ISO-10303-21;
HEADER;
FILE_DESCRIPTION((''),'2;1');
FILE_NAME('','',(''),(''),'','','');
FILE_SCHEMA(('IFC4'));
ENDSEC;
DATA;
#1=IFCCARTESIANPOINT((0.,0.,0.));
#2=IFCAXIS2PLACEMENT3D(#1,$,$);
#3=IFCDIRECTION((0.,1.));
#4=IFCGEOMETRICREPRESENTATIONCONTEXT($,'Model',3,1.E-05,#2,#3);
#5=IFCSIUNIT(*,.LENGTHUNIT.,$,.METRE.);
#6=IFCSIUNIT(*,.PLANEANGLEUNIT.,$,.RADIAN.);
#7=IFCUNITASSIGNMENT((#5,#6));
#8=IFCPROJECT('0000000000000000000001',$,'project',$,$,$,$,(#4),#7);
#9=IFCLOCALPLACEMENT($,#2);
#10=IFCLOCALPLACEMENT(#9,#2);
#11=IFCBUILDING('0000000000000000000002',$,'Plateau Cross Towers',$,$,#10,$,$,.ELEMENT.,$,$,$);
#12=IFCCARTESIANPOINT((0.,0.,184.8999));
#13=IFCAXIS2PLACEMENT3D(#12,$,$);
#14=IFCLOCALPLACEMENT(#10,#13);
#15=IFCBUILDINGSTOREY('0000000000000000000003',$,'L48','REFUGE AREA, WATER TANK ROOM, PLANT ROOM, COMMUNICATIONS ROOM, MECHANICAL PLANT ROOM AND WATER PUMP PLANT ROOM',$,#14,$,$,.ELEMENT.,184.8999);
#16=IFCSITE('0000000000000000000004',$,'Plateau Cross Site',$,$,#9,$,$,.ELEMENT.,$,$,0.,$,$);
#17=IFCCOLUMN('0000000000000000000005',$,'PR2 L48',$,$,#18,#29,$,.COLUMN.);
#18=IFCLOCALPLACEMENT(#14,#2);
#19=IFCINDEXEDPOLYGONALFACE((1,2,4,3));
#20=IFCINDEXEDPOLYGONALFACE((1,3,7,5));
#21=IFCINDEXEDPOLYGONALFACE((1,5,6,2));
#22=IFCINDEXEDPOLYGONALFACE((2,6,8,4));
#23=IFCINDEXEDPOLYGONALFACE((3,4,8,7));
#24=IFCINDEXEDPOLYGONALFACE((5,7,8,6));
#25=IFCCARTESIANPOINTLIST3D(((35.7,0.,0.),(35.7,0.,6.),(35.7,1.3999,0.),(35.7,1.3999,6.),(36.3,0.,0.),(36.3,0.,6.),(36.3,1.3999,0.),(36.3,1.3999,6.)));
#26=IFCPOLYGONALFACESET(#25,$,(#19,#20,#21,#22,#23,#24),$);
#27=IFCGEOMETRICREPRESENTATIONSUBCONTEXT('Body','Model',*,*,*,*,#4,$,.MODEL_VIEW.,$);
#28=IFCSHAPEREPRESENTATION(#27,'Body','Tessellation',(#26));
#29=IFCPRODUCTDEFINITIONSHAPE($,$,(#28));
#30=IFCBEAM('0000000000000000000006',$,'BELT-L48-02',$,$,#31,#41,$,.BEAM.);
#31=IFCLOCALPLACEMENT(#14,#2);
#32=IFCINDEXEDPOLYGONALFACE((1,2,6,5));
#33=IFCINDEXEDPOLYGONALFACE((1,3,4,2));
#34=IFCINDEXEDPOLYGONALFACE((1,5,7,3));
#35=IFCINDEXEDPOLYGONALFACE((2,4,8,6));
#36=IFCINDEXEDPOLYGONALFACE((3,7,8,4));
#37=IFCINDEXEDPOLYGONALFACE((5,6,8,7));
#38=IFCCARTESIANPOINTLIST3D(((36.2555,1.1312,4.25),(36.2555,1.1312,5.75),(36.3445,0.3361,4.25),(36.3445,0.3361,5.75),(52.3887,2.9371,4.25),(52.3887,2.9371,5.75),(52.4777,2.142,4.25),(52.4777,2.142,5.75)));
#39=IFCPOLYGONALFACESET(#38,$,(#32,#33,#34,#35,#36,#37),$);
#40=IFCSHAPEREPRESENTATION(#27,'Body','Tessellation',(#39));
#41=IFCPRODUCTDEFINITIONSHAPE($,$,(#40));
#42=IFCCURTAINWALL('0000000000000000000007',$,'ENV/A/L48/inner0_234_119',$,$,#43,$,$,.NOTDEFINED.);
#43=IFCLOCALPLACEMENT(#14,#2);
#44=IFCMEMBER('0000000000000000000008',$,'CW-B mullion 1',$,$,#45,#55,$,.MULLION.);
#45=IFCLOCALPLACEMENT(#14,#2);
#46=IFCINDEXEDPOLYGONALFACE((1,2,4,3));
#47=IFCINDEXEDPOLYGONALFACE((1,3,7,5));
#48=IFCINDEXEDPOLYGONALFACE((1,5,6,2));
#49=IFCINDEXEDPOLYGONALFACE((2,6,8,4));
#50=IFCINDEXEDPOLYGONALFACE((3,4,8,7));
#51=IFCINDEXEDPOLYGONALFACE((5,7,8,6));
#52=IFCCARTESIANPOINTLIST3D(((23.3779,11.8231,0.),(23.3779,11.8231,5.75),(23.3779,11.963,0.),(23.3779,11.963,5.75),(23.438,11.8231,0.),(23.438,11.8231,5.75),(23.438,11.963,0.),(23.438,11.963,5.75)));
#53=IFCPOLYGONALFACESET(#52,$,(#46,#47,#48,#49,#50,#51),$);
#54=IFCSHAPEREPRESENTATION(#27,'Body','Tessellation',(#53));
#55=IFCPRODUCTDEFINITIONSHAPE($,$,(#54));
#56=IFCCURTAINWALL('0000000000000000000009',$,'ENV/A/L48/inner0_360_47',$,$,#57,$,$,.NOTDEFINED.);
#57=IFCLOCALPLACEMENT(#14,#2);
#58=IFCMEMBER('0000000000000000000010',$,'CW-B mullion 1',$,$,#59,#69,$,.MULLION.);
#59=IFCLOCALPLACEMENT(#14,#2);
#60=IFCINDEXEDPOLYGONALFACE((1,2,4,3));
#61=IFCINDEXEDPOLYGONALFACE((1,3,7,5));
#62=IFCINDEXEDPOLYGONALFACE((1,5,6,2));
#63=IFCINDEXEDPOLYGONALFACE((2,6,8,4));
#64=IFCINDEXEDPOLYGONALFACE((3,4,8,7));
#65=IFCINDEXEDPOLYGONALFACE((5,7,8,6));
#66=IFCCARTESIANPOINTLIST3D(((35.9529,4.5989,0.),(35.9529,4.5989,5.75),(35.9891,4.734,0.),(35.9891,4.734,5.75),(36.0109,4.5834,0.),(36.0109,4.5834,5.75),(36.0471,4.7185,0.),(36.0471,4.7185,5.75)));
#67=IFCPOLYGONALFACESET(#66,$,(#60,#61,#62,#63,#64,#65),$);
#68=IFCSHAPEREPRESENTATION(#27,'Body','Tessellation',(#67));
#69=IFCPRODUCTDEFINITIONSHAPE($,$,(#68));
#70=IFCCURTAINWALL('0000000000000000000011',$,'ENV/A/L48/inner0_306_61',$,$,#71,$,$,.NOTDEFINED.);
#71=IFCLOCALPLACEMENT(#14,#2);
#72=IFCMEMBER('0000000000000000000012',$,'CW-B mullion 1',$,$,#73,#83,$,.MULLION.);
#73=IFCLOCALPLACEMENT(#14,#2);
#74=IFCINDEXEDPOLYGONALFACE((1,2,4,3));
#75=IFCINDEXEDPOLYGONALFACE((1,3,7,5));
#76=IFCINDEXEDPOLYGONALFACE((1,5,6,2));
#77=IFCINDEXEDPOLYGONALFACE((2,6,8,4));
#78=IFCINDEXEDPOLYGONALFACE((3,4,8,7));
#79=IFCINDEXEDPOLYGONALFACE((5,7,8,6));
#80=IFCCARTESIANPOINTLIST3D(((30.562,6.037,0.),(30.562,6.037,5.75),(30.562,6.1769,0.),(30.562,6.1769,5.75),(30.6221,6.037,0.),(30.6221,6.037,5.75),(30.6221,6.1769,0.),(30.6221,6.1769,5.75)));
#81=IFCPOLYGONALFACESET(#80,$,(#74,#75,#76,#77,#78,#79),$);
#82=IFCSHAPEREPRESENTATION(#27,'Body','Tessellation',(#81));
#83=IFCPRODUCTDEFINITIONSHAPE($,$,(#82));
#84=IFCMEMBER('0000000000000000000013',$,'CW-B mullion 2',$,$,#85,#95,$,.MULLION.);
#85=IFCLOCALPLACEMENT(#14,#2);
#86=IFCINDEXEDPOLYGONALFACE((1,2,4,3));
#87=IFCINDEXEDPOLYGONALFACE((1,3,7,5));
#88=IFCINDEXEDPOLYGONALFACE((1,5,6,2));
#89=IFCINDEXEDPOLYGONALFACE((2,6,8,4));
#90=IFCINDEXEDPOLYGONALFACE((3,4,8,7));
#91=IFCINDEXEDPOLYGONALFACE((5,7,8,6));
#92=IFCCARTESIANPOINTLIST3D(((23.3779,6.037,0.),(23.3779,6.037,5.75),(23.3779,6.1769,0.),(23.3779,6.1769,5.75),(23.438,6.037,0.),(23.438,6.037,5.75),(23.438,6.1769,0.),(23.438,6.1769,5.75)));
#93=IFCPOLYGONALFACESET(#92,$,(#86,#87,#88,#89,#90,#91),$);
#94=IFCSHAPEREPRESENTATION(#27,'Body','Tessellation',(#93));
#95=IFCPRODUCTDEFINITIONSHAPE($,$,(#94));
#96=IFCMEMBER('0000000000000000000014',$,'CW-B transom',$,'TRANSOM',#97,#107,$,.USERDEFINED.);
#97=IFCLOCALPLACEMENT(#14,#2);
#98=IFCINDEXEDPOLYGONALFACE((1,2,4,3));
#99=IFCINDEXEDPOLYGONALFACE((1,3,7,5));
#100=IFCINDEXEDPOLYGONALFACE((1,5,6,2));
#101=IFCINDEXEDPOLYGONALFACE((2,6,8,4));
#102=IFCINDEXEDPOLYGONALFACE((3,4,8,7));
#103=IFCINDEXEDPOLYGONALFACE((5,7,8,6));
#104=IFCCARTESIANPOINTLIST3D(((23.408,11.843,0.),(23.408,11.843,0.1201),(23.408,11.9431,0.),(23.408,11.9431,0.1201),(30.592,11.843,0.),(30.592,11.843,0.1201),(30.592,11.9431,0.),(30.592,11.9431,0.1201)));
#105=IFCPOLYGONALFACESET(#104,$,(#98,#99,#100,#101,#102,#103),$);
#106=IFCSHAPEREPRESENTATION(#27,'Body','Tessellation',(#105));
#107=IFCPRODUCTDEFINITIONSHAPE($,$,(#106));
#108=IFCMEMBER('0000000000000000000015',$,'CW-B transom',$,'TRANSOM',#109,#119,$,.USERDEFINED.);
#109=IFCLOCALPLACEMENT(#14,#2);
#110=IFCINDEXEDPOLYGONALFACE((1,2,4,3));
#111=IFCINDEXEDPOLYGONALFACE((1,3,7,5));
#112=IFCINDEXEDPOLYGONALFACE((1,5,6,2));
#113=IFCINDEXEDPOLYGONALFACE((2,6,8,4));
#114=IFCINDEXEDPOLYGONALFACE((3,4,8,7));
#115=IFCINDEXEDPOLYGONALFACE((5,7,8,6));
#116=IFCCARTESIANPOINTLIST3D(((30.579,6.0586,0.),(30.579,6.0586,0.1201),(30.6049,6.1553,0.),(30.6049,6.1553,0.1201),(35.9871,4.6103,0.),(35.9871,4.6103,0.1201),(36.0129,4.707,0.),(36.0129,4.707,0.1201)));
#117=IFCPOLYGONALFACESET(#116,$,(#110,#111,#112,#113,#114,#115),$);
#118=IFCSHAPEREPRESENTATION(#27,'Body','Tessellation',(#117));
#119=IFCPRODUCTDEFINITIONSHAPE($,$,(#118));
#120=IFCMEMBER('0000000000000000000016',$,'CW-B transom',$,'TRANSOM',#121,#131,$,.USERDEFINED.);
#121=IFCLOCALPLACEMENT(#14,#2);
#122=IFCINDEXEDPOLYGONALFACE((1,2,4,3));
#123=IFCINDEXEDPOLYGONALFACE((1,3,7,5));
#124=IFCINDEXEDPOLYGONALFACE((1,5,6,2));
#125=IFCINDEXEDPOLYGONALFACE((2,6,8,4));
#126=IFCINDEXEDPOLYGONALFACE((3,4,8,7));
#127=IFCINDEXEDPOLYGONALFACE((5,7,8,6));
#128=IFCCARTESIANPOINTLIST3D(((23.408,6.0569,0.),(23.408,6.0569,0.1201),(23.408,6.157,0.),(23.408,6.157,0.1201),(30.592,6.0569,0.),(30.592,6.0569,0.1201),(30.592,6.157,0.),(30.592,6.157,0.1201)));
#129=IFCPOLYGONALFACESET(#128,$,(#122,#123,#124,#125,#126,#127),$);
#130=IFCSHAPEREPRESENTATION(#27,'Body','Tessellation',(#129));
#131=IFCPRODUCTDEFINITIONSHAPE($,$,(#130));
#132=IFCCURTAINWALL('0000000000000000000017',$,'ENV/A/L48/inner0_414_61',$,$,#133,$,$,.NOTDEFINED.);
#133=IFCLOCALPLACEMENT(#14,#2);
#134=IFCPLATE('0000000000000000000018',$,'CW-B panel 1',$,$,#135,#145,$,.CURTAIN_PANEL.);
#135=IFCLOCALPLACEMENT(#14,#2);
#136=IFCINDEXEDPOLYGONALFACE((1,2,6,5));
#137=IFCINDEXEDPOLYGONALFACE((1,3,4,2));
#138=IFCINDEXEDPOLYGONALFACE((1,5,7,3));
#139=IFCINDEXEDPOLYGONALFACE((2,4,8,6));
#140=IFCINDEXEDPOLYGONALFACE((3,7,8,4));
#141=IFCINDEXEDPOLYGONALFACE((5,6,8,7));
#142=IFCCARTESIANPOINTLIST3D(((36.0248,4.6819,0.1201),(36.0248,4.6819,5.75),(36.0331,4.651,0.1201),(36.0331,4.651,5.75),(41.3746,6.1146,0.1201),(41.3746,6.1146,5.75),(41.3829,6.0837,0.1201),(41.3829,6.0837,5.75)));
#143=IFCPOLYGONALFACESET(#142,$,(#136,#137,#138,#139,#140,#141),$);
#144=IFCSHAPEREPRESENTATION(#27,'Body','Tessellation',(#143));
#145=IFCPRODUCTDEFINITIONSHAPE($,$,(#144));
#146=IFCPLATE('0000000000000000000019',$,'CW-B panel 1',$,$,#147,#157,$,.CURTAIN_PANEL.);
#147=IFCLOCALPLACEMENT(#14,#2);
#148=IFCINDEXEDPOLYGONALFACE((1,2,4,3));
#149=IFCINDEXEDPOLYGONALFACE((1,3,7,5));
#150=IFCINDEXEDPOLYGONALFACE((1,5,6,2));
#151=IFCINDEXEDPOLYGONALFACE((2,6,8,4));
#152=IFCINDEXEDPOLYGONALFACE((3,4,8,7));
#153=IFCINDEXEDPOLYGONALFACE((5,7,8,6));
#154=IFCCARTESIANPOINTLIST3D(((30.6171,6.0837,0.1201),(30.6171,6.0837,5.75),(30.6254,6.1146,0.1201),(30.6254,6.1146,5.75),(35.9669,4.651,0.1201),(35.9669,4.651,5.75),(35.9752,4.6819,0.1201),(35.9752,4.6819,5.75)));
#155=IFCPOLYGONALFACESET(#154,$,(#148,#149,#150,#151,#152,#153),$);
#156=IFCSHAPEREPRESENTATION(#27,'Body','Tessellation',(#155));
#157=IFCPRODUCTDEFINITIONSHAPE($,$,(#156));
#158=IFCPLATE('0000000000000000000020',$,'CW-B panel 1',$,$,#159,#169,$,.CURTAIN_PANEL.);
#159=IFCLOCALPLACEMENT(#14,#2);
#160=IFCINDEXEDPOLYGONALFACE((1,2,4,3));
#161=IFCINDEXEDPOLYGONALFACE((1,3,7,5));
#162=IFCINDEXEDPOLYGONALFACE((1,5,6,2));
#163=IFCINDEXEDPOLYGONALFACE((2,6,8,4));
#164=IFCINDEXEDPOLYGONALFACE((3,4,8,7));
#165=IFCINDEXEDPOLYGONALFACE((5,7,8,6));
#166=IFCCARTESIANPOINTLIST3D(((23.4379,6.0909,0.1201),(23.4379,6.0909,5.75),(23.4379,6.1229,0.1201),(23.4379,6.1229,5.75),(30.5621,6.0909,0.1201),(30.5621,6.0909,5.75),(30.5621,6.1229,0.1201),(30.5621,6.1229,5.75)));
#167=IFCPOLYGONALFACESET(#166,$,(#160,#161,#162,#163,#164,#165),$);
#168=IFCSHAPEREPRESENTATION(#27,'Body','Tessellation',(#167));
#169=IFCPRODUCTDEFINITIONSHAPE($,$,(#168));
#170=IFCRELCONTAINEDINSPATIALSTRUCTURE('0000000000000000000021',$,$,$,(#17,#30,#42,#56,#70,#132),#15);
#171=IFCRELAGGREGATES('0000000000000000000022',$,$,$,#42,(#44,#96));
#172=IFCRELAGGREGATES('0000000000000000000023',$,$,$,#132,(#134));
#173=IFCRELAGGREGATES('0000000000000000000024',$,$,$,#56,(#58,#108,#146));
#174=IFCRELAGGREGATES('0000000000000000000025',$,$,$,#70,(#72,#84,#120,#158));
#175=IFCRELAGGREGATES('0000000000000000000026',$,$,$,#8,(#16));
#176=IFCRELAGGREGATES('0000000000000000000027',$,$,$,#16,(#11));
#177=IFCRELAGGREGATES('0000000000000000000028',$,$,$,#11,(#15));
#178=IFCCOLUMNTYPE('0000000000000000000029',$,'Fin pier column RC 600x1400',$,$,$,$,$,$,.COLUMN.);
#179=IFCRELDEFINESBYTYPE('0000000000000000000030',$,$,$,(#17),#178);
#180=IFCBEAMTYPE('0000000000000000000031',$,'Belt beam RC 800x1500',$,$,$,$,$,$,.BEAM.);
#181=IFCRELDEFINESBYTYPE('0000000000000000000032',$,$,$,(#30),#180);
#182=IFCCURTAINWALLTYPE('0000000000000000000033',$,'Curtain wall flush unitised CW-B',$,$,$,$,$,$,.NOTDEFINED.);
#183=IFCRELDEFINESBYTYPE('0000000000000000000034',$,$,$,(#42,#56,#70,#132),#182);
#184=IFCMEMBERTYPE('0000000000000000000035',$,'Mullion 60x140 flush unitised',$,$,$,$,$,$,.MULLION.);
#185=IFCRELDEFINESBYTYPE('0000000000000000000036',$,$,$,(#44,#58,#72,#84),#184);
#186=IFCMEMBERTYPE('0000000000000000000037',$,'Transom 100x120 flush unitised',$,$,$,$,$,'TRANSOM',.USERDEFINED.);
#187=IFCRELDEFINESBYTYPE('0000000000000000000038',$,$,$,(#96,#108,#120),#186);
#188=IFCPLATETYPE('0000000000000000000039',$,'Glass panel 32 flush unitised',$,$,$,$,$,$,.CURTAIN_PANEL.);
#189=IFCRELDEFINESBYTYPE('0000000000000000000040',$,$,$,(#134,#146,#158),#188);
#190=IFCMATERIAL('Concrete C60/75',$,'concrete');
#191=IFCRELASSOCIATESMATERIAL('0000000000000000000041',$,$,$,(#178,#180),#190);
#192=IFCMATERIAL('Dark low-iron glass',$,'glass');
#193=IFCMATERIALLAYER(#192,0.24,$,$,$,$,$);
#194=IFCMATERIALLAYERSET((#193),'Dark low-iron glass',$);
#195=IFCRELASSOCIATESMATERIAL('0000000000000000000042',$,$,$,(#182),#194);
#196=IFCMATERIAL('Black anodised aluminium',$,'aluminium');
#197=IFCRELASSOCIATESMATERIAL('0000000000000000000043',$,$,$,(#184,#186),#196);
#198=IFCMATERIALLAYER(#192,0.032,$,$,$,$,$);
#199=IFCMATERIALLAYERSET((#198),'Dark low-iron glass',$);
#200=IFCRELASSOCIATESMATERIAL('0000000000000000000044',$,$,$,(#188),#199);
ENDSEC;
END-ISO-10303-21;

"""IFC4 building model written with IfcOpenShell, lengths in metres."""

from ifc_helpers import new_model, si_unit, direction, frame, origin, origin_2d, place, context, subcontext, project, spatial, rectangle, extrude, material, layer, layer_set, material_profile, profile_set, type_object, element, aggregate, save


model = new_model("IFC4")

# Units and contexts
model_context = context("Model", 3, precision=1e-05, world=origin(), true_north=direction((0.0, 1.0)))
body_context = subcontext(model_context, "Body", "Model", "MODEL_VIEW")
ifc_project = project(units=[si_unit("LENGTHUNIT", "METRE"), si_unit("PLANEANGLEUNIT", "RADIAN")], contexts=[model_context])

# Site, building, storey
site_placement = place(None, origin())
site = spatial("IfcSite", under=ifc_project, at=site_placement, Name="Plateau Cross Site", CompositionType="ELEMENT", RefElevation=0.0)
building_placement = place(site_placement, origin())
building = spatial("IfcBuilding", under=site, at=building_placement, Name="Plateau Cross Towers", CompositionType="ELEMENT")
storey_placement = place(building_placement, frame((0.0, 0.0, 184.8999)))
storey = spatial("IfcBuildingStorey", under=building, at=storey_placement, Name="L48", Description="REFUGE AREA, WATER TANK ROOM, PLANT ROOM, COMMUNICATIONS ROOM, MECHANICAL PLANT ROOM AND WATER PUMP PLANT ROOM", CompositionType="ELEMENT", Elevation=184.8999)

# Column
ifc_material_1 = material(Name="Concrete C60/75", Category="concrete")
ifc_material_profile_1 = material_profile(ifc_material_1, rectangle(XDim=0.6001, YDim=1.3999, at=origin_2d()), Name="RC 600x1400")
ifc_profile_set_1 = profile_set([ifc_material_profile_1], Name="Concrete C60/75")
column_type = type_object("IfcColumnType", Name="Fin pier column RC 600x1400", PredefinedType="COLUMN", material=ifc_profile_set_1)
column_placement = place(storey_placement, frame((36.0, 0.7, 0.0), z_axis=(0.0, 0.0, 1.0), x_axis=(1.0, 0.0, 0.0)))
element("IfcColumn", 1, at=column_placement, inside=storey, type_object=column_type, Name="PR2 L48", PredefinedType="COLUMN", context=body_context, shape_type="SweptSolid", body=[
    extrude(rectangle(XDim=0.6001, YDim=1.3999, at=origin_2d()), origin(), (0.0, 0.0, 1.0), 6.0),
])

# Beam
ifc_material_profile_2 = material_profile(ifc_material_1, rectangle(XDim=0.8, YDim=1.5, at=origin_2d()), Name="RC 800x1500")
ifc_profile_set_2 = profile_set([ifc_material_profile_2], Name="Concrete C60/75")
beam_type = type_object("IfcBeamType", Name="Belt beam RC 800x1500", PredefinedType="BEAM", material=ifc_profile_set_2)
beam_placement = place(storey_placement, frame((36.3, 0.7336, 5.0), z_axis=(0.993793, 0.111244, 0.0), x_axis=(-0.111244, 0.993793, 0.0)))
element("IfcBeam", 2, at=beam_placement, inside=storey, type_object=beam_type, Name="BELT-L48-02", PredefinedType="BEAM", context=body_context, shape_type="SweptSolid", body=[
    extrude(rectangle(XDim=0.8, YDim=1.5, at=origin_2d()), origin(), (0.0, 0.0, 1.0), 16.2339),
])

# Curtain walls, members
ifc_material_2 = material(Name="Dark low-iron glass", Category="glass")
ifc_layer_1 = layer(ifc_material_2, 0.24)
ifc_layer_set_1 = layer_set([ifc_layer_1], Name="Dark low-iron glass")
curtain_wall_type = type_object("IfcCurtainWallType", Name="Curtain wall flush unitised CW-B", PredefinedType="NOTDEFINED", material=ifc_layer_set_1)
curtain_wall_1_placement = place(storey_placement, origin())
curtain_wall_1 = element("IfcCurtainWall", 3, at=curtain_wall_1_placement, inside=storey, type_object=curtain_wall_type, Name="ENV/A/L48/inner0_234_119", PredefinedType="NOTDEFINED")
ifc_material_3 = material(Name="Black anodised aluminium", Category="aluminium")
ifc_material_profile_3 = material_profile(ifc_material_3, rectangle(XDim=0.0601, YDim=0.1399, at=origin_2d()), Name="MULLION 60x140")
ifc_profile_set_3 = profile_set([ifc_material_profile_3], Name="Black anodised aluminium")
member_type_1 = type_object("IfcMemberType", Name="Mullion 60x140 flush unitised", PredefinedType="MULLION", material=ifc_profile_set_3)
member_1_placement = place(storey_placement, frame((23.408, 11.8931, 0.0), z_axis=(0.0, 0.0, 1.0), x_axis=(1.0, 0.0, 0.0)))
member_1 = element("IfcMember", 4, at=member_1_placement, type_object=member_type_1, Name="CW-B mullion 1", PredefinedType="MULLION", context=body_context, shape_type="SweptSolid", body=[
    extrude(rectangle(XDim=0.0601, YDim=0.1399, at=origin_2d()), origin(), (0.0, 0.0, 1.0), 5.75),
])
curtain_wall_2_placement = place(storey_placement, origin())
curtain_wall_2 = element("IfcCurtainWall", 5, at=curtain_wall_2_placement, inside=storey, type_object=curtain_wall_type, Name="ENV/A/L48/inner0_360_47", PredefinedType="NOTDEFINED")
member_2_placement = place(storey_placement, frame((36.0, 4.6587, 0.0), z_axis=(0.0, 0.0, 1.0), x_axis=(-0.965958, 0.258699, 0.0)))
member_2 = element("IfcMember", 6, at=member_2_placement, type_object=member_type_1, Name="CW-B mullion 1", PredefinedType="MULLION", context=body_context, shape_type="SweptSolid", body=[
    extrude(rectangle(XDim=0.0601, YDim=0.1399, at=origin_2d()), origin(), (0.0, 0.0, 1.0), 5.75),
])

# Curtain wall, members
curtain_wall_3_placement = place(storey_placement, origin())
curtain_wall_3 = element("IfcCurtainWall", 7, at=curtain_wall_3_placement, inside=storey, type_object=curtain_wall_type, Name="ENV/A/L48/inner0_306_61", PredefinedType="NOTDEFINED")
member_3_placement = place(storey_placement, frame((30.592, 6.1069, 0.0), z_axis=(0.0, 0.0, 1.0), x_axis=(-1.0, 0.0, 0.0)))
member_3 = element("IfcMember", 8, at=member_3_placement, type_object=member_type_1, Name="CW-B mullion 1", PredefinedType="MULLION", context=body_context, shape_type="SweptSolid", body=[
    extrude(rectangle(XDim=0.0601, YDim=0.1399, at=origin_2d()), origin(), (0.0, 0.0, 1.0), 5.75),
])
member_4_placement = place(storey_placement, frame((23.408, 6.1069, 0.0), z_axis=(0.0, 0.0, 1.0), x_axis=(-1.0, 0.0, 0.0)))
member_4 = element("IfcMember", 9, at=member_4_placement, type_object=member_type_1, Name="CW-B mullion 2", PredefinedType="MULLION", context=body_context, shape_type="SweptSolid", body=[
    extrude(rectangle(XDim=0.0601, YDim=0.1399, at=origin_2d()), origin(), (0.0, 0.0, 1.0), 5.75),
])

# Members
ifc_material_profile_4 = material_profile(ifc_material_3, rectangle(XDim=0.1001, YDim=0.1201, at=origin_2d()), Name="TRANSOM 100x120")
ifc_profile_set_4 = profile_set([ifc_material_profile_4], Name="Black anodised aluminium")
member_type_2 = type_object("IfcMemberType", Name="Transom 100x120 flush unitised", ElementType="TRANSOM", PredefinedType="USERDEFINED", material=ifc_profile_set_4)
member_5_placement = place(storey_placement, frame((23.408, 11.8931, 0.0601), z_axis=(1.0, 0.0, 0.0), x_axis=(0.0, 1.0, 0.0)))
member_5 = element("IfcMember", 10, at=member_5_placement, type_object=member_type_2, Name="CW-B transom", ObjectType="TRANSOM", PredefinedType="USERDEFINED", context=body_context, shape_type="SweptSolid", body=[
    extrude(rectangle(XDim=0.1001, YDim=0.1201, at=origin_2d()), origin(), (0.0, 0.0, 1.0), 7.1841),
])
aggregate(curtain_wall_1, [member_1, member_5])
member_6_placement = place(storey_placement, frame((36.0, 4.6587, 0.0601), z_axis=(-0.965962, 0.258683, 0.0), x_axis=(-0.258683, -0.965962, 0.0)))
member_6 = element("IfcMember", 11, at=member_6_placement, type_object=member_type_2, Name="CW-B transom", ObjectType="TRANSOM", PredefinedType="USERDEFINED", context=body_context, shape_type="SweptSolid", body=[
    extrude(rectangle(XDim=0.1001, YDim=0.1201, at=origin_2d()), origin(), (0.0, 0.0, 1.0), 5.5986),
])
member_7_placement = place(storey_placement, frame((30.592, 6.1069, 0.0601), z_axis=(-1.0, 0.0, 0.0), x_axis=(0.0, -1.0, 0.0)))
member_7 = element("IfcMember", 12, at=member_7_placement, type_object=member_type_2, Name="CW-B transom", ObjectType="TRANSOM", PredefinedType="USERDEFINED", context=body_context, shape_type="SweptSolid", body=[
    extrude(rectangle(XDim=0.1001, YDim=0.1201, at=origin_2d()), origin(), (0.0, 0.0, 1.0), 7.1841),
])

# Curtain wall, plate
curtain_wall_4_placement = place(storey_placement, origin())
curtain_wall_4 = element("IfcCurtainWall", 13, at=curtain_wall_4_placement, inside=storey, type_object=curtain_wall_type, Name="ENV/A/L48/inner0_414_61", PredefinedType="NOTDEFINED")
ifc_layer_2 = layer(ifc_material_2, 0.032)
ifc_layer_set_2 = layer_set([ifc_layer_2], Name="Dark low-iron glass")
plate_type = type_object("IfcPlateType", Name="Glass panel 32 flush unitised", PredefinedType="CURTAIN_PANEL", material=ifc_layer_set_2)
plate_1_placement = place(storey_placement, frame((38.7039, 5.3828, 0.1201), z_axis=(0.0, 0.0, 1.0), x_axis=(-0.965958, -0.258699, 0.0)))
plate_1 = element("IfcPlate", 14, at=plate_1_placement, type_object=plate_type, Name="CW-B panel 1", PredefinedType="CURTAIN_PANEL", context=body_context, shape_type="SweptSolid", body=[
    extrude(rectangle(XDim=5.5383, YDim=0.032, at=origin_2d()), origin(), (0.0, 0.0, 1.0), 5.6299),
])
aggregate(curtain_wall_4, [plate_1])

# Plates
plate_2_placement = place(storey_placement, frame((33.2961, 5.3828, 0.1201), z_axis=(0.0, 0.0, 1.0), x_axis=(-0.965958, 0.258699, 0.0)))
plate_2 = element("IfcPlate", 15, at=plate_2_placement, type_object=plate_type, Name="CW-B panel 1", PredefinedType="CURTAIN_PANEL", context=body_context, shape_type="SweptSolid", body=[
    extrude(rectangle(XDim=5.5383, YDim=0.032, at=origin_2d()), origin(), (0.0, 0.0, 1.0), 5.6299),
])
aggregate(curtain_wall_2, [member_2, member_6, plate_2])
plate_3_placement = place(storey_placement, frame((27.0, 6.1069, 0.1201), z_axis=(0.0, 0.0, 1.0), x_axis=(-1.0, 0.0, 0.0)))
plate_3 = element("IfcPlate", 16, at=plate_3_placement, type_object=plate_type, Name="CW-B panel 1", PredefinedType="CURTAIN_PANEL", context=body_context, shape_type="SweptSolid", body=[
    extrude(rectangle(XDim=7.1243, YDim=0.032, at=origin_2d()), origin(), (0.0, 0.0, 1.0), 5.6299),
])
aggregate(curtain_wall_3, [member_3, member_4, member_7, plate_3])

save(model, "model.ifc")
